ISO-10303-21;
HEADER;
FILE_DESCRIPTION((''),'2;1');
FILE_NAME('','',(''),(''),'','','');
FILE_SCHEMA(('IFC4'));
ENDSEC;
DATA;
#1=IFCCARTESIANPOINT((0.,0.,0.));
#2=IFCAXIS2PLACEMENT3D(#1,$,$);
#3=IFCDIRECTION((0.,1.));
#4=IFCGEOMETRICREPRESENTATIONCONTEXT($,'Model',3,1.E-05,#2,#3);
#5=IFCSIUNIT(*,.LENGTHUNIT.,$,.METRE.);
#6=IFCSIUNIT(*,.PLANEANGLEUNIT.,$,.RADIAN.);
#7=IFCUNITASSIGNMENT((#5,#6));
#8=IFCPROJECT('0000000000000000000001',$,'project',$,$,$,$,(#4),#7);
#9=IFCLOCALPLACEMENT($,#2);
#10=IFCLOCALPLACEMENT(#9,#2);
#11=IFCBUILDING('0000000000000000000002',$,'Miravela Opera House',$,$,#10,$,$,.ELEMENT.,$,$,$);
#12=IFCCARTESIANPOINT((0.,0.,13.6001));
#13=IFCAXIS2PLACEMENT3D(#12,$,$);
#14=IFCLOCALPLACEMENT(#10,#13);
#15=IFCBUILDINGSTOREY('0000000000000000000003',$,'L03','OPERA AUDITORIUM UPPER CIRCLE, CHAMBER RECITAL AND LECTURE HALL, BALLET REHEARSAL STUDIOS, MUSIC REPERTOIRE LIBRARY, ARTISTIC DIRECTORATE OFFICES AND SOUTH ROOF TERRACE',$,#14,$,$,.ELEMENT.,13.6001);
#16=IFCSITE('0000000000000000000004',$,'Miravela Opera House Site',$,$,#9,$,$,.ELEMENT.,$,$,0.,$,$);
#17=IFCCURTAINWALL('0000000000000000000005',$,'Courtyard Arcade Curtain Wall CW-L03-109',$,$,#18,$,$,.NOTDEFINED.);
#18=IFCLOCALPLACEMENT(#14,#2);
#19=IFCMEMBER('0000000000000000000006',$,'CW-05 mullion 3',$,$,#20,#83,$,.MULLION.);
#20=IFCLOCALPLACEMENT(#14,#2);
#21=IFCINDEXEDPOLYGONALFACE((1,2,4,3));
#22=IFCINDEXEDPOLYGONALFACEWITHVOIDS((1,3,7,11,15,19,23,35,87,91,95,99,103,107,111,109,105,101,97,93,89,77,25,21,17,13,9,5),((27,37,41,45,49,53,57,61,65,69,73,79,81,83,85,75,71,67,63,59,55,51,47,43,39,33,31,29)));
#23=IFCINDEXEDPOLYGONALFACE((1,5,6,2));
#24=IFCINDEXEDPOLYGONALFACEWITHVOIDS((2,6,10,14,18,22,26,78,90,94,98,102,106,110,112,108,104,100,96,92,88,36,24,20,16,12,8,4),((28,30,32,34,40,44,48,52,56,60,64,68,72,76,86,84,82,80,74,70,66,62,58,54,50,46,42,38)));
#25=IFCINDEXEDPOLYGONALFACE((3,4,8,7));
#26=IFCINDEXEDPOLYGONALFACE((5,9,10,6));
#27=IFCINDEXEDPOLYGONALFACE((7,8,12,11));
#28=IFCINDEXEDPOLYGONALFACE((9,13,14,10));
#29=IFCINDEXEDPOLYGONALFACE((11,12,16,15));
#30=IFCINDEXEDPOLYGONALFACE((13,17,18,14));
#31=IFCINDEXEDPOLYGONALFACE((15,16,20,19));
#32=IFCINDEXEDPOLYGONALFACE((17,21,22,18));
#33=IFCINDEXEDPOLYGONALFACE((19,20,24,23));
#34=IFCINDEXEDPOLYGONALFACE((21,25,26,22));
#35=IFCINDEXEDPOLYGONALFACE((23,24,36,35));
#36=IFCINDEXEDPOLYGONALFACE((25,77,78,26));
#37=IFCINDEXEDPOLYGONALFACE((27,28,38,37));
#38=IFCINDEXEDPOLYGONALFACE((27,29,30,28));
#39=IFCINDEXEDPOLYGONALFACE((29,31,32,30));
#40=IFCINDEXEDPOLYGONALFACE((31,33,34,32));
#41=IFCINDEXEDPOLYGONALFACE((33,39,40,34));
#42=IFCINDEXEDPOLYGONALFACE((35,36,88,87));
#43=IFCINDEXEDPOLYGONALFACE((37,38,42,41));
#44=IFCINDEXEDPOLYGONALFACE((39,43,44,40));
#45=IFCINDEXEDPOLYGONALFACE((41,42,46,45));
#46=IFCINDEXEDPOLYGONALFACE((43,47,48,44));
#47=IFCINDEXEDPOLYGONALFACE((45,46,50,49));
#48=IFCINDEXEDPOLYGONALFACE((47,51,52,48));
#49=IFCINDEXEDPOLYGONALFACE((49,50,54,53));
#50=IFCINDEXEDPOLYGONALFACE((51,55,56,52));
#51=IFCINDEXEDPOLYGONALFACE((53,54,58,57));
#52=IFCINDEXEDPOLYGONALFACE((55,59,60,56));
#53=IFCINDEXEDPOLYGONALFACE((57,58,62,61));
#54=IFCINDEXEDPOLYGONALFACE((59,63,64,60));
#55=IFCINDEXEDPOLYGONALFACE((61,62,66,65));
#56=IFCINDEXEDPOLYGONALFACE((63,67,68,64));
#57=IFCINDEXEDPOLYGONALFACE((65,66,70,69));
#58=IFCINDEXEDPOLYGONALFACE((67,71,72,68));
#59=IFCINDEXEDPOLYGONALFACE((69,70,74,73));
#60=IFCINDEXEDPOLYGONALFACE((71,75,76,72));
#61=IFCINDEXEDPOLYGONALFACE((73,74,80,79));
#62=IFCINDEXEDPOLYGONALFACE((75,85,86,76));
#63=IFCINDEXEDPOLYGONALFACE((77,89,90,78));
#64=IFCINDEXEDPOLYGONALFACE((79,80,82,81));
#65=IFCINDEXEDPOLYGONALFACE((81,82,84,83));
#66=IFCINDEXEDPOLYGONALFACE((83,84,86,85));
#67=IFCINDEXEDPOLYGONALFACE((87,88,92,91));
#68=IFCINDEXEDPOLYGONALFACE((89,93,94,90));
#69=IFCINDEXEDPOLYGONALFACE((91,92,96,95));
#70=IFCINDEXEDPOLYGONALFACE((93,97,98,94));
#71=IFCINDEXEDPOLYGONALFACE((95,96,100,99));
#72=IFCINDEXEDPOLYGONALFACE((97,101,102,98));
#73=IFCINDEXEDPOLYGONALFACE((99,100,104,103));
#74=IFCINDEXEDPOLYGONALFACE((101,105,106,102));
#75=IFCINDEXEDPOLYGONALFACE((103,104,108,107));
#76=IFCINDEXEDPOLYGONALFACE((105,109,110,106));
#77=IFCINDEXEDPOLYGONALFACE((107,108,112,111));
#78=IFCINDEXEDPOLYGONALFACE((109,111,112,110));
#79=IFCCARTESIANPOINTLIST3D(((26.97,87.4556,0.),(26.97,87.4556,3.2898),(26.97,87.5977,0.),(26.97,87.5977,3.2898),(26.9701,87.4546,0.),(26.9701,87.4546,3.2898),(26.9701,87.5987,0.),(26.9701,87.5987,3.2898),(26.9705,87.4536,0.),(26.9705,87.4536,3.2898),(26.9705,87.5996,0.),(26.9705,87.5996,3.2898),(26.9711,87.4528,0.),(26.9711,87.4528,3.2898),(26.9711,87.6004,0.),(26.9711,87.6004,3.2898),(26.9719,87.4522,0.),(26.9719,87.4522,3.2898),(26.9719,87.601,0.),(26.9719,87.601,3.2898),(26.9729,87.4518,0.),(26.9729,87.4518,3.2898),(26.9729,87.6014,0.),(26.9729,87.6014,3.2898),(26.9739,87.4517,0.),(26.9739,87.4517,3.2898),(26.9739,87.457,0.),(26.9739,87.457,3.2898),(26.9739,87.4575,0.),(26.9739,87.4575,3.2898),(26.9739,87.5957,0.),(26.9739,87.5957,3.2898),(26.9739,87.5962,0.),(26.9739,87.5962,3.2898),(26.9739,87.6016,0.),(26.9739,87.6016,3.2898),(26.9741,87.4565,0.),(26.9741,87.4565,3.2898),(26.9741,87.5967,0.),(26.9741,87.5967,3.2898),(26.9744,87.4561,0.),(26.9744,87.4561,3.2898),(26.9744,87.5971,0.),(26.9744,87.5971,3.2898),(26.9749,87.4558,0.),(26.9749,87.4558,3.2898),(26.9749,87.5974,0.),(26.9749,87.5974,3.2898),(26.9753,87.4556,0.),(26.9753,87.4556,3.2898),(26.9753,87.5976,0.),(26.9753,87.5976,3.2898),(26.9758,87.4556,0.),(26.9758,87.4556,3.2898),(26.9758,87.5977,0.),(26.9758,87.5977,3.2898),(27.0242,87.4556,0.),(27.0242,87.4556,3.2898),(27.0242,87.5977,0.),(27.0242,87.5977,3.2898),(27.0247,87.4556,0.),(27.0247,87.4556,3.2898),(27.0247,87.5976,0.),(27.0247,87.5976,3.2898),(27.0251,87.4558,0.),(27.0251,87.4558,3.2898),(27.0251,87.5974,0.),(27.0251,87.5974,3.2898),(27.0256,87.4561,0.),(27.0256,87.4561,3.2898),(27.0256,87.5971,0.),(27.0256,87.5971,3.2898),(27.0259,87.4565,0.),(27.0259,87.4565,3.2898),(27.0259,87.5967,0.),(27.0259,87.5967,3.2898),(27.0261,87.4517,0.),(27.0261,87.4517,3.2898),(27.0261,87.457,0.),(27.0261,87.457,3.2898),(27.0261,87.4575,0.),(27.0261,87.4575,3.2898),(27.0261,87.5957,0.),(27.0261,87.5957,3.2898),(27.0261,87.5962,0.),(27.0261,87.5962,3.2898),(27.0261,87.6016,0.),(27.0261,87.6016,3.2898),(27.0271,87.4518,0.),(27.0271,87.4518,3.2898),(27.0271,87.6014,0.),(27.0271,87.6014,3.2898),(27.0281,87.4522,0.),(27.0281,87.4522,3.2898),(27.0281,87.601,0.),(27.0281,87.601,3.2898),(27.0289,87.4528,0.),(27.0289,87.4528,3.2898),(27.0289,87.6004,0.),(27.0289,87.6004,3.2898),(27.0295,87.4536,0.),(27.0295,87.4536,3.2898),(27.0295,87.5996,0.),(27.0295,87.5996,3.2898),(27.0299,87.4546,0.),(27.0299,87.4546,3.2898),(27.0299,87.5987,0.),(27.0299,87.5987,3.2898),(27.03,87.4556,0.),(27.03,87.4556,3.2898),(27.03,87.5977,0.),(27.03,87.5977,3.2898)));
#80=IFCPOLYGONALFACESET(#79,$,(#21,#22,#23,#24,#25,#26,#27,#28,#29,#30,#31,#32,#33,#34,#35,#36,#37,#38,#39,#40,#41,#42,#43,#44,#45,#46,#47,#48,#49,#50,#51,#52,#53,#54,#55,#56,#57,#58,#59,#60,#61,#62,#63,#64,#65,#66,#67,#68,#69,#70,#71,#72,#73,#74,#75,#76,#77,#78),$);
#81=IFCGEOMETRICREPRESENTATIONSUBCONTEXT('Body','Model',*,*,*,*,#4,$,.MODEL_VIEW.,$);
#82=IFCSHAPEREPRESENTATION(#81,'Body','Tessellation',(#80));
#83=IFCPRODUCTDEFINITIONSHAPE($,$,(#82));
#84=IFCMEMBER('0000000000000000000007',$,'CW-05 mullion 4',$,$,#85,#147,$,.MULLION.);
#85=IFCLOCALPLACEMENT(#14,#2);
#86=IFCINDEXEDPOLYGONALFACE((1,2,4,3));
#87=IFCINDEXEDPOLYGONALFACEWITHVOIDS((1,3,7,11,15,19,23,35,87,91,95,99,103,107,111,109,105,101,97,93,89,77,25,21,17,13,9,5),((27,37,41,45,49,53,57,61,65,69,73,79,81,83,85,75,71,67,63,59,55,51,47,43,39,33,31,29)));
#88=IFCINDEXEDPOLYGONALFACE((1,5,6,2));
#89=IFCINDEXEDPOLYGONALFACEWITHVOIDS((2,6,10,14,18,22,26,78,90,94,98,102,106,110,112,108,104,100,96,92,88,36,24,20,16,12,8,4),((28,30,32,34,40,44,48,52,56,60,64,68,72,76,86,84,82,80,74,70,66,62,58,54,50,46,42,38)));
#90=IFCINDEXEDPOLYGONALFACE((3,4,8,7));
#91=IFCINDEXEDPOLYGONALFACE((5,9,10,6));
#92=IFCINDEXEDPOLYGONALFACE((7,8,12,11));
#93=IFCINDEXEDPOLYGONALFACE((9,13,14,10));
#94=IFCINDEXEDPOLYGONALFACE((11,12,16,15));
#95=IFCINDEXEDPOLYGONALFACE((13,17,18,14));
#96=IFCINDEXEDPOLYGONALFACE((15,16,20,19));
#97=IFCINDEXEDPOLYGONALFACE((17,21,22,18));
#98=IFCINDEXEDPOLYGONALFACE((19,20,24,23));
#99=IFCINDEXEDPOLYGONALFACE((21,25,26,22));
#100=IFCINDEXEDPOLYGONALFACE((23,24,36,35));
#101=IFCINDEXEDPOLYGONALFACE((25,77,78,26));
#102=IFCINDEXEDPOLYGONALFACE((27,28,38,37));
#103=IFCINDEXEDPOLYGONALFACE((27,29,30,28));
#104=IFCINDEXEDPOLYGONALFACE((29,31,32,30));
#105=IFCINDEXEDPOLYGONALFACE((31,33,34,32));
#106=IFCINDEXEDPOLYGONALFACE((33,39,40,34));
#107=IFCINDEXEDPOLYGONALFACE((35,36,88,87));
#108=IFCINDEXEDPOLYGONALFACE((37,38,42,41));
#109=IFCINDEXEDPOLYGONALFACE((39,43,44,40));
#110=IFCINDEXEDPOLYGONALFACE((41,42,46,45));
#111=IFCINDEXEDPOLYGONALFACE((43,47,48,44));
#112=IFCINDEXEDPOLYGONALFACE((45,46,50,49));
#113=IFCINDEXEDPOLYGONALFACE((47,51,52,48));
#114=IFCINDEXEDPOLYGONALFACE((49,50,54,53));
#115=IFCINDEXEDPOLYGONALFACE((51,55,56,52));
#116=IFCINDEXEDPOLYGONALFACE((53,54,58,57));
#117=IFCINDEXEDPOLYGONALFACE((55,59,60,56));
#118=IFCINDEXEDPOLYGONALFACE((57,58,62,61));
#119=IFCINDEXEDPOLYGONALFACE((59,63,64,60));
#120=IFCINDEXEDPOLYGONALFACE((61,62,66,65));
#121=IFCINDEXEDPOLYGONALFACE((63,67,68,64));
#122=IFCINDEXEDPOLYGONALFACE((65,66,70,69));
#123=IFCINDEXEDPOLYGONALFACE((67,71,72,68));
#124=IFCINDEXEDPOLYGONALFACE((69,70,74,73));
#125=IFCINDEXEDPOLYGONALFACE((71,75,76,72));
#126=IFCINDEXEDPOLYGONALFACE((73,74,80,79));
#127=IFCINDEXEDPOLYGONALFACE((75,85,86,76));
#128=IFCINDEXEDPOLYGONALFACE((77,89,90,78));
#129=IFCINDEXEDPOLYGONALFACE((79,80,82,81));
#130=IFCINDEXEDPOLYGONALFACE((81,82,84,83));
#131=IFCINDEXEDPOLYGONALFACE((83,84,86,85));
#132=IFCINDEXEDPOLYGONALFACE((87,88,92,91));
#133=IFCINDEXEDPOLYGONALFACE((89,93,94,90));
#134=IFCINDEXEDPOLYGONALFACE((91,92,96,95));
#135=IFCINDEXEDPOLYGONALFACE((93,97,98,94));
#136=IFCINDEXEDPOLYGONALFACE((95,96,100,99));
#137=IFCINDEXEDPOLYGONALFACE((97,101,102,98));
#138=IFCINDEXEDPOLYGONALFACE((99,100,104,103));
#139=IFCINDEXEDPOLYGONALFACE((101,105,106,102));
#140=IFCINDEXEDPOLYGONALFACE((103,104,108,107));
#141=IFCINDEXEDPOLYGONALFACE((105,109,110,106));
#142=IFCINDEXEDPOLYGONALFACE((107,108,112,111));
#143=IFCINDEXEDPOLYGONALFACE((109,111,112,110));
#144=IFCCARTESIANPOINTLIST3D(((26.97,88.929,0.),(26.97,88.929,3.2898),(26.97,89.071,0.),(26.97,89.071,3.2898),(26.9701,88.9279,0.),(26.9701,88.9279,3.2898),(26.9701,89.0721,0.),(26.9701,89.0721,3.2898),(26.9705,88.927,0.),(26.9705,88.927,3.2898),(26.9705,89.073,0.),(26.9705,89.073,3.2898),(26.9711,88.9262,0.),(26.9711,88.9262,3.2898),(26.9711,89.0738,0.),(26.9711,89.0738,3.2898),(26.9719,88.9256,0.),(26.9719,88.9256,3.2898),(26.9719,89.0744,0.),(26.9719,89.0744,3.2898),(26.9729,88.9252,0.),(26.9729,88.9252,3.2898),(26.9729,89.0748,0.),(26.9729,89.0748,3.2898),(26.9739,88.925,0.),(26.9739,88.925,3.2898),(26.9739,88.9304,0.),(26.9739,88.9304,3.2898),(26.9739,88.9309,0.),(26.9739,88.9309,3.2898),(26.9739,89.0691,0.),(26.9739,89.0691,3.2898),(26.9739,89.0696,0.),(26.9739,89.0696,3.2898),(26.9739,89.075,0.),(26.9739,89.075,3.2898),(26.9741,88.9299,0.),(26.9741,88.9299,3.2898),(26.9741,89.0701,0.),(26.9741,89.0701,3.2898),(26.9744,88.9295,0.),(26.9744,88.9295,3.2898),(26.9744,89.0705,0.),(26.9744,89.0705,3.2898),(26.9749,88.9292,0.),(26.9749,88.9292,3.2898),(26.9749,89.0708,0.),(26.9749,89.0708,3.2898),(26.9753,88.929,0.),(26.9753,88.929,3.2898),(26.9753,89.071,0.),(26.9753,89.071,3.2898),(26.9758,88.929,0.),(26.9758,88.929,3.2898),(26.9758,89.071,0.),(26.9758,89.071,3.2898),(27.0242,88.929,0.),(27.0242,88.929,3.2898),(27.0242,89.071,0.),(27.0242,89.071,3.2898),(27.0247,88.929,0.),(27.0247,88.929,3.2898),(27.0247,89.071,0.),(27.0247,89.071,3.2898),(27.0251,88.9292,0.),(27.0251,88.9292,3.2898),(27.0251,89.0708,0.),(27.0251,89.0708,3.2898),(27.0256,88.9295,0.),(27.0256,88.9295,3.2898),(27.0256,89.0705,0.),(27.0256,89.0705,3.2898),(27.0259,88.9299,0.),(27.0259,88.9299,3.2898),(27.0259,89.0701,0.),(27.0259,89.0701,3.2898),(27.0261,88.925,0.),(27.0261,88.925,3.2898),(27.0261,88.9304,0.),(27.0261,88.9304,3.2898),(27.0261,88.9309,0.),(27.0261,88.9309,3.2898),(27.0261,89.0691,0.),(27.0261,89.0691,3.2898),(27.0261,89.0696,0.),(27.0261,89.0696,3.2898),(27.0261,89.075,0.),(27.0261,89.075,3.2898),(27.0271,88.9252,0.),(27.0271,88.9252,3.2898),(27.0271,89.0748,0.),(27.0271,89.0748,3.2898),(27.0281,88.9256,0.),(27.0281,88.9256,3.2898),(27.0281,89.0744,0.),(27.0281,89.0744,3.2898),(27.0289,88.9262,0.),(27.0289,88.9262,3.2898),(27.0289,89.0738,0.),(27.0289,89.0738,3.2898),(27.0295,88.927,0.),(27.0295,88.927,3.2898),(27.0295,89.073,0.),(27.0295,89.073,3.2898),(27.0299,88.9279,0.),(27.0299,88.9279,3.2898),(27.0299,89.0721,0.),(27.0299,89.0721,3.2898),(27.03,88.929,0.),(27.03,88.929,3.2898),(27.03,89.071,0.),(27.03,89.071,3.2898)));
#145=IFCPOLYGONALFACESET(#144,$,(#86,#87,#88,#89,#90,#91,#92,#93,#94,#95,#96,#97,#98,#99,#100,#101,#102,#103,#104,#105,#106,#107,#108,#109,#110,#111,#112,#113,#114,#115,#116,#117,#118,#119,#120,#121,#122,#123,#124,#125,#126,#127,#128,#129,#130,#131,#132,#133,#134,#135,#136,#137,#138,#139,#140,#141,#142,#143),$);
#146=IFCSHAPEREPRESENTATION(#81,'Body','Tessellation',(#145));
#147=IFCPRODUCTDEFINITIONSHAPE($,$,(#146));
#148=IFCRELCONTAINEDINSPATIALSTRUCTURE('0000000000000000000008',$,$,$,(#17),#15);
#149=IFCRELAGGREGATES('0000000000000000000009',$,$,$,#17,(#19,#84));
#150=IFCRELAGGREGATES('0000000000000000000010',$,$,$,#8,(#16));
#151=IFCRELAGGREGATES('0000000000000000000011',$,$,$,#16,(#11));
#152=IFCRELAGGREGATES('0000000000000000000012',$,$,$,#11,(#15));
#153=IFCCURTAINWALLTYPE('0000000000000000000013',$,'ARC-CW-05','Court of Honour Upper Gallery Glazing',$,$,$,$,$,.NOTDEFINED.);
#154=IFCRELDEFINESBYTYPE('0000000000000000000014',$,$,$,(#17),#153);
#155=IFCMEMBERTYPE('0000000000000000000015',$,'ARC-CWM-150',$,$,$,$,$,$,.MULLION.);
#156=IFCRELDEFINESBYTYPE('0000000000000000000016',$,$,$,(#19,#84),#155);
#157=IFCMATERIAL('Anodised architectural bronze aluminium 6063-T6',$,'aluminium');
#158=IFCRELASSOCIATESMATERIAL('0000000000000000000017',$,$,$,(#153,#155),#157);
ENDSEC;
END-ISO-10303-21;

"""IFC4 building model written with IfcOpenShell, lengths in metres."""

from ifc_helpers import new_model, si_unit, direction, frame, origin, origin_2d, place, context, subcontext, project, spatial, hollow_rectangle, extrude, material, material_profile, profile_set, type_object, element, aggregate, save


model = new_model("IFC4")

# Units and contexts
model_context = context("Model", 3, precision=1e-05, world=origin(), true_north=direction((0.0, 1.0)))
body_context = subcontext(model_context, "Body", "Model", "MODEL_VIEW")
ifc_project = project(units=[si_unit("LENGTHUNIT", "METRE"), si_unit("PLANEANGLEUNIT", "RADIAN")], contexts=[model_context])

# Site, building, storey
site_placement = place(None, origin())
site = spatial("IfcSite", under=ifc_project, at=site_placement, Name="Miravela Opera House Site", CompositionType="ELEMENT", RefElevation=0.0)
building_placement = place(site_placement, origin())
building = spatial("IfcBuilding", under=site, at=building_placement, Name="Miravela Opera House", CompositionType="ELEMENT")
storey_placement = place(building_placement, frame((0.0, 0.0, 13.6001)))
storey = spatial("IfcBuildingStorey", under=building, at=storey_placement, Name="L03", Description="OPERA AUDITORIUM UPPER CIRCLE, CHAMBER RECITAL AND LECTURE HALL, BALLET REHEARSAL STUDIOS, MUSIC REPERTOIRE LIBRARY, ARTISTIC DIRECTORATE OFFICES AND SOUTH ROOF TERRACE", CompositionType="ELEMENT", Elevation=13.6001)

# Curtain wall, members
ifc_material_1 = material(Name="Anodised architectural bronze aluminium 6063-T6", Category="aluminium")
curtain_wall_type = type_object("IfcCurtainWallType", Name="ARC-CW-05", Description="Court of Honour Upper Gallery Glazing", PredefinedType="NOTDEFINED", material=ifc_material_1)
curtain_wall_placement = place(storey_placement, origin())
curtain_wall = element("IfcCurtainWall", 1, at=curtain_wall_placement, inside=storey, type_object=curtain_wall_type, Name="Courtyard Arcade Curtain Wall CW-L03-109", PredefinedType="NOTDEFINED")
ifc_material_profile_1 = material_profile(ifc_material_1, hollow_rectangle(XDim=0.0601, YDim=0.1499, WallThickness=0.0039, InnerFilletRadius=0.002, OuterFilletRadius=0.0039, at=origin_2d()), Name="CWM-60X150")
ifc_profile_set_1 = profile_set([ifc_material_profile_1])
member_type_1 = type_object("IfcMemberType", Name="ARC-CWM-150", PredefinedType="MULLION", material=ifc_profile_set_1)
member_1_placement = place(storey_placement, frame((27.0, 87.5266, 0.0), z_axis=(0.0, 0.0, 1.0), x_axis=(-1.0, 0.0, 0.0)))
member_1 = element("IfcMember", 2, at=member_1_placement, type_object=member_type_1, Name="CW-05 mullion 3", PredefinedType="MULLION", context=body_context, shape_type="SweptSolid", body=[
    extrude(hollow_rectangle(XDim=0.0601, YDim=0.1499, WallThickness=0.0039, InnerFilletRadius=0.002, OuterFilletRadius=0.0039, at=origin_2d()), origin(), (0.0, 0.0, 1.0), 3.2898),
])
member_2_placement = place(storey_placement, frame((27.0, 89.0, 0.0), z_axis=(0.0, 0.0, 1.0), x_axis=(-1.0, 0.0, 0.0)))
member_2 = element("IfcMember", 3, at=member_2_placement, type_object=member_type_1, Name="CW-05 mullion 4", PredefinedType="MULLION", context=body_context, shape_type="SweptSolid", body=[
    extrude(hollow_rectangle(XDim=0.0601, YDim=0.1499, WallThickness=0.0039, InnerFilletRadius=0.002, OuterFilletRadius=0.0039, at=origin_2d()), origin(), (0.0, 0.0, 1.0), 3.2898),
])

aggregate(curtain_wall, [member_1, member_2])

save(model, "model.ifc")
